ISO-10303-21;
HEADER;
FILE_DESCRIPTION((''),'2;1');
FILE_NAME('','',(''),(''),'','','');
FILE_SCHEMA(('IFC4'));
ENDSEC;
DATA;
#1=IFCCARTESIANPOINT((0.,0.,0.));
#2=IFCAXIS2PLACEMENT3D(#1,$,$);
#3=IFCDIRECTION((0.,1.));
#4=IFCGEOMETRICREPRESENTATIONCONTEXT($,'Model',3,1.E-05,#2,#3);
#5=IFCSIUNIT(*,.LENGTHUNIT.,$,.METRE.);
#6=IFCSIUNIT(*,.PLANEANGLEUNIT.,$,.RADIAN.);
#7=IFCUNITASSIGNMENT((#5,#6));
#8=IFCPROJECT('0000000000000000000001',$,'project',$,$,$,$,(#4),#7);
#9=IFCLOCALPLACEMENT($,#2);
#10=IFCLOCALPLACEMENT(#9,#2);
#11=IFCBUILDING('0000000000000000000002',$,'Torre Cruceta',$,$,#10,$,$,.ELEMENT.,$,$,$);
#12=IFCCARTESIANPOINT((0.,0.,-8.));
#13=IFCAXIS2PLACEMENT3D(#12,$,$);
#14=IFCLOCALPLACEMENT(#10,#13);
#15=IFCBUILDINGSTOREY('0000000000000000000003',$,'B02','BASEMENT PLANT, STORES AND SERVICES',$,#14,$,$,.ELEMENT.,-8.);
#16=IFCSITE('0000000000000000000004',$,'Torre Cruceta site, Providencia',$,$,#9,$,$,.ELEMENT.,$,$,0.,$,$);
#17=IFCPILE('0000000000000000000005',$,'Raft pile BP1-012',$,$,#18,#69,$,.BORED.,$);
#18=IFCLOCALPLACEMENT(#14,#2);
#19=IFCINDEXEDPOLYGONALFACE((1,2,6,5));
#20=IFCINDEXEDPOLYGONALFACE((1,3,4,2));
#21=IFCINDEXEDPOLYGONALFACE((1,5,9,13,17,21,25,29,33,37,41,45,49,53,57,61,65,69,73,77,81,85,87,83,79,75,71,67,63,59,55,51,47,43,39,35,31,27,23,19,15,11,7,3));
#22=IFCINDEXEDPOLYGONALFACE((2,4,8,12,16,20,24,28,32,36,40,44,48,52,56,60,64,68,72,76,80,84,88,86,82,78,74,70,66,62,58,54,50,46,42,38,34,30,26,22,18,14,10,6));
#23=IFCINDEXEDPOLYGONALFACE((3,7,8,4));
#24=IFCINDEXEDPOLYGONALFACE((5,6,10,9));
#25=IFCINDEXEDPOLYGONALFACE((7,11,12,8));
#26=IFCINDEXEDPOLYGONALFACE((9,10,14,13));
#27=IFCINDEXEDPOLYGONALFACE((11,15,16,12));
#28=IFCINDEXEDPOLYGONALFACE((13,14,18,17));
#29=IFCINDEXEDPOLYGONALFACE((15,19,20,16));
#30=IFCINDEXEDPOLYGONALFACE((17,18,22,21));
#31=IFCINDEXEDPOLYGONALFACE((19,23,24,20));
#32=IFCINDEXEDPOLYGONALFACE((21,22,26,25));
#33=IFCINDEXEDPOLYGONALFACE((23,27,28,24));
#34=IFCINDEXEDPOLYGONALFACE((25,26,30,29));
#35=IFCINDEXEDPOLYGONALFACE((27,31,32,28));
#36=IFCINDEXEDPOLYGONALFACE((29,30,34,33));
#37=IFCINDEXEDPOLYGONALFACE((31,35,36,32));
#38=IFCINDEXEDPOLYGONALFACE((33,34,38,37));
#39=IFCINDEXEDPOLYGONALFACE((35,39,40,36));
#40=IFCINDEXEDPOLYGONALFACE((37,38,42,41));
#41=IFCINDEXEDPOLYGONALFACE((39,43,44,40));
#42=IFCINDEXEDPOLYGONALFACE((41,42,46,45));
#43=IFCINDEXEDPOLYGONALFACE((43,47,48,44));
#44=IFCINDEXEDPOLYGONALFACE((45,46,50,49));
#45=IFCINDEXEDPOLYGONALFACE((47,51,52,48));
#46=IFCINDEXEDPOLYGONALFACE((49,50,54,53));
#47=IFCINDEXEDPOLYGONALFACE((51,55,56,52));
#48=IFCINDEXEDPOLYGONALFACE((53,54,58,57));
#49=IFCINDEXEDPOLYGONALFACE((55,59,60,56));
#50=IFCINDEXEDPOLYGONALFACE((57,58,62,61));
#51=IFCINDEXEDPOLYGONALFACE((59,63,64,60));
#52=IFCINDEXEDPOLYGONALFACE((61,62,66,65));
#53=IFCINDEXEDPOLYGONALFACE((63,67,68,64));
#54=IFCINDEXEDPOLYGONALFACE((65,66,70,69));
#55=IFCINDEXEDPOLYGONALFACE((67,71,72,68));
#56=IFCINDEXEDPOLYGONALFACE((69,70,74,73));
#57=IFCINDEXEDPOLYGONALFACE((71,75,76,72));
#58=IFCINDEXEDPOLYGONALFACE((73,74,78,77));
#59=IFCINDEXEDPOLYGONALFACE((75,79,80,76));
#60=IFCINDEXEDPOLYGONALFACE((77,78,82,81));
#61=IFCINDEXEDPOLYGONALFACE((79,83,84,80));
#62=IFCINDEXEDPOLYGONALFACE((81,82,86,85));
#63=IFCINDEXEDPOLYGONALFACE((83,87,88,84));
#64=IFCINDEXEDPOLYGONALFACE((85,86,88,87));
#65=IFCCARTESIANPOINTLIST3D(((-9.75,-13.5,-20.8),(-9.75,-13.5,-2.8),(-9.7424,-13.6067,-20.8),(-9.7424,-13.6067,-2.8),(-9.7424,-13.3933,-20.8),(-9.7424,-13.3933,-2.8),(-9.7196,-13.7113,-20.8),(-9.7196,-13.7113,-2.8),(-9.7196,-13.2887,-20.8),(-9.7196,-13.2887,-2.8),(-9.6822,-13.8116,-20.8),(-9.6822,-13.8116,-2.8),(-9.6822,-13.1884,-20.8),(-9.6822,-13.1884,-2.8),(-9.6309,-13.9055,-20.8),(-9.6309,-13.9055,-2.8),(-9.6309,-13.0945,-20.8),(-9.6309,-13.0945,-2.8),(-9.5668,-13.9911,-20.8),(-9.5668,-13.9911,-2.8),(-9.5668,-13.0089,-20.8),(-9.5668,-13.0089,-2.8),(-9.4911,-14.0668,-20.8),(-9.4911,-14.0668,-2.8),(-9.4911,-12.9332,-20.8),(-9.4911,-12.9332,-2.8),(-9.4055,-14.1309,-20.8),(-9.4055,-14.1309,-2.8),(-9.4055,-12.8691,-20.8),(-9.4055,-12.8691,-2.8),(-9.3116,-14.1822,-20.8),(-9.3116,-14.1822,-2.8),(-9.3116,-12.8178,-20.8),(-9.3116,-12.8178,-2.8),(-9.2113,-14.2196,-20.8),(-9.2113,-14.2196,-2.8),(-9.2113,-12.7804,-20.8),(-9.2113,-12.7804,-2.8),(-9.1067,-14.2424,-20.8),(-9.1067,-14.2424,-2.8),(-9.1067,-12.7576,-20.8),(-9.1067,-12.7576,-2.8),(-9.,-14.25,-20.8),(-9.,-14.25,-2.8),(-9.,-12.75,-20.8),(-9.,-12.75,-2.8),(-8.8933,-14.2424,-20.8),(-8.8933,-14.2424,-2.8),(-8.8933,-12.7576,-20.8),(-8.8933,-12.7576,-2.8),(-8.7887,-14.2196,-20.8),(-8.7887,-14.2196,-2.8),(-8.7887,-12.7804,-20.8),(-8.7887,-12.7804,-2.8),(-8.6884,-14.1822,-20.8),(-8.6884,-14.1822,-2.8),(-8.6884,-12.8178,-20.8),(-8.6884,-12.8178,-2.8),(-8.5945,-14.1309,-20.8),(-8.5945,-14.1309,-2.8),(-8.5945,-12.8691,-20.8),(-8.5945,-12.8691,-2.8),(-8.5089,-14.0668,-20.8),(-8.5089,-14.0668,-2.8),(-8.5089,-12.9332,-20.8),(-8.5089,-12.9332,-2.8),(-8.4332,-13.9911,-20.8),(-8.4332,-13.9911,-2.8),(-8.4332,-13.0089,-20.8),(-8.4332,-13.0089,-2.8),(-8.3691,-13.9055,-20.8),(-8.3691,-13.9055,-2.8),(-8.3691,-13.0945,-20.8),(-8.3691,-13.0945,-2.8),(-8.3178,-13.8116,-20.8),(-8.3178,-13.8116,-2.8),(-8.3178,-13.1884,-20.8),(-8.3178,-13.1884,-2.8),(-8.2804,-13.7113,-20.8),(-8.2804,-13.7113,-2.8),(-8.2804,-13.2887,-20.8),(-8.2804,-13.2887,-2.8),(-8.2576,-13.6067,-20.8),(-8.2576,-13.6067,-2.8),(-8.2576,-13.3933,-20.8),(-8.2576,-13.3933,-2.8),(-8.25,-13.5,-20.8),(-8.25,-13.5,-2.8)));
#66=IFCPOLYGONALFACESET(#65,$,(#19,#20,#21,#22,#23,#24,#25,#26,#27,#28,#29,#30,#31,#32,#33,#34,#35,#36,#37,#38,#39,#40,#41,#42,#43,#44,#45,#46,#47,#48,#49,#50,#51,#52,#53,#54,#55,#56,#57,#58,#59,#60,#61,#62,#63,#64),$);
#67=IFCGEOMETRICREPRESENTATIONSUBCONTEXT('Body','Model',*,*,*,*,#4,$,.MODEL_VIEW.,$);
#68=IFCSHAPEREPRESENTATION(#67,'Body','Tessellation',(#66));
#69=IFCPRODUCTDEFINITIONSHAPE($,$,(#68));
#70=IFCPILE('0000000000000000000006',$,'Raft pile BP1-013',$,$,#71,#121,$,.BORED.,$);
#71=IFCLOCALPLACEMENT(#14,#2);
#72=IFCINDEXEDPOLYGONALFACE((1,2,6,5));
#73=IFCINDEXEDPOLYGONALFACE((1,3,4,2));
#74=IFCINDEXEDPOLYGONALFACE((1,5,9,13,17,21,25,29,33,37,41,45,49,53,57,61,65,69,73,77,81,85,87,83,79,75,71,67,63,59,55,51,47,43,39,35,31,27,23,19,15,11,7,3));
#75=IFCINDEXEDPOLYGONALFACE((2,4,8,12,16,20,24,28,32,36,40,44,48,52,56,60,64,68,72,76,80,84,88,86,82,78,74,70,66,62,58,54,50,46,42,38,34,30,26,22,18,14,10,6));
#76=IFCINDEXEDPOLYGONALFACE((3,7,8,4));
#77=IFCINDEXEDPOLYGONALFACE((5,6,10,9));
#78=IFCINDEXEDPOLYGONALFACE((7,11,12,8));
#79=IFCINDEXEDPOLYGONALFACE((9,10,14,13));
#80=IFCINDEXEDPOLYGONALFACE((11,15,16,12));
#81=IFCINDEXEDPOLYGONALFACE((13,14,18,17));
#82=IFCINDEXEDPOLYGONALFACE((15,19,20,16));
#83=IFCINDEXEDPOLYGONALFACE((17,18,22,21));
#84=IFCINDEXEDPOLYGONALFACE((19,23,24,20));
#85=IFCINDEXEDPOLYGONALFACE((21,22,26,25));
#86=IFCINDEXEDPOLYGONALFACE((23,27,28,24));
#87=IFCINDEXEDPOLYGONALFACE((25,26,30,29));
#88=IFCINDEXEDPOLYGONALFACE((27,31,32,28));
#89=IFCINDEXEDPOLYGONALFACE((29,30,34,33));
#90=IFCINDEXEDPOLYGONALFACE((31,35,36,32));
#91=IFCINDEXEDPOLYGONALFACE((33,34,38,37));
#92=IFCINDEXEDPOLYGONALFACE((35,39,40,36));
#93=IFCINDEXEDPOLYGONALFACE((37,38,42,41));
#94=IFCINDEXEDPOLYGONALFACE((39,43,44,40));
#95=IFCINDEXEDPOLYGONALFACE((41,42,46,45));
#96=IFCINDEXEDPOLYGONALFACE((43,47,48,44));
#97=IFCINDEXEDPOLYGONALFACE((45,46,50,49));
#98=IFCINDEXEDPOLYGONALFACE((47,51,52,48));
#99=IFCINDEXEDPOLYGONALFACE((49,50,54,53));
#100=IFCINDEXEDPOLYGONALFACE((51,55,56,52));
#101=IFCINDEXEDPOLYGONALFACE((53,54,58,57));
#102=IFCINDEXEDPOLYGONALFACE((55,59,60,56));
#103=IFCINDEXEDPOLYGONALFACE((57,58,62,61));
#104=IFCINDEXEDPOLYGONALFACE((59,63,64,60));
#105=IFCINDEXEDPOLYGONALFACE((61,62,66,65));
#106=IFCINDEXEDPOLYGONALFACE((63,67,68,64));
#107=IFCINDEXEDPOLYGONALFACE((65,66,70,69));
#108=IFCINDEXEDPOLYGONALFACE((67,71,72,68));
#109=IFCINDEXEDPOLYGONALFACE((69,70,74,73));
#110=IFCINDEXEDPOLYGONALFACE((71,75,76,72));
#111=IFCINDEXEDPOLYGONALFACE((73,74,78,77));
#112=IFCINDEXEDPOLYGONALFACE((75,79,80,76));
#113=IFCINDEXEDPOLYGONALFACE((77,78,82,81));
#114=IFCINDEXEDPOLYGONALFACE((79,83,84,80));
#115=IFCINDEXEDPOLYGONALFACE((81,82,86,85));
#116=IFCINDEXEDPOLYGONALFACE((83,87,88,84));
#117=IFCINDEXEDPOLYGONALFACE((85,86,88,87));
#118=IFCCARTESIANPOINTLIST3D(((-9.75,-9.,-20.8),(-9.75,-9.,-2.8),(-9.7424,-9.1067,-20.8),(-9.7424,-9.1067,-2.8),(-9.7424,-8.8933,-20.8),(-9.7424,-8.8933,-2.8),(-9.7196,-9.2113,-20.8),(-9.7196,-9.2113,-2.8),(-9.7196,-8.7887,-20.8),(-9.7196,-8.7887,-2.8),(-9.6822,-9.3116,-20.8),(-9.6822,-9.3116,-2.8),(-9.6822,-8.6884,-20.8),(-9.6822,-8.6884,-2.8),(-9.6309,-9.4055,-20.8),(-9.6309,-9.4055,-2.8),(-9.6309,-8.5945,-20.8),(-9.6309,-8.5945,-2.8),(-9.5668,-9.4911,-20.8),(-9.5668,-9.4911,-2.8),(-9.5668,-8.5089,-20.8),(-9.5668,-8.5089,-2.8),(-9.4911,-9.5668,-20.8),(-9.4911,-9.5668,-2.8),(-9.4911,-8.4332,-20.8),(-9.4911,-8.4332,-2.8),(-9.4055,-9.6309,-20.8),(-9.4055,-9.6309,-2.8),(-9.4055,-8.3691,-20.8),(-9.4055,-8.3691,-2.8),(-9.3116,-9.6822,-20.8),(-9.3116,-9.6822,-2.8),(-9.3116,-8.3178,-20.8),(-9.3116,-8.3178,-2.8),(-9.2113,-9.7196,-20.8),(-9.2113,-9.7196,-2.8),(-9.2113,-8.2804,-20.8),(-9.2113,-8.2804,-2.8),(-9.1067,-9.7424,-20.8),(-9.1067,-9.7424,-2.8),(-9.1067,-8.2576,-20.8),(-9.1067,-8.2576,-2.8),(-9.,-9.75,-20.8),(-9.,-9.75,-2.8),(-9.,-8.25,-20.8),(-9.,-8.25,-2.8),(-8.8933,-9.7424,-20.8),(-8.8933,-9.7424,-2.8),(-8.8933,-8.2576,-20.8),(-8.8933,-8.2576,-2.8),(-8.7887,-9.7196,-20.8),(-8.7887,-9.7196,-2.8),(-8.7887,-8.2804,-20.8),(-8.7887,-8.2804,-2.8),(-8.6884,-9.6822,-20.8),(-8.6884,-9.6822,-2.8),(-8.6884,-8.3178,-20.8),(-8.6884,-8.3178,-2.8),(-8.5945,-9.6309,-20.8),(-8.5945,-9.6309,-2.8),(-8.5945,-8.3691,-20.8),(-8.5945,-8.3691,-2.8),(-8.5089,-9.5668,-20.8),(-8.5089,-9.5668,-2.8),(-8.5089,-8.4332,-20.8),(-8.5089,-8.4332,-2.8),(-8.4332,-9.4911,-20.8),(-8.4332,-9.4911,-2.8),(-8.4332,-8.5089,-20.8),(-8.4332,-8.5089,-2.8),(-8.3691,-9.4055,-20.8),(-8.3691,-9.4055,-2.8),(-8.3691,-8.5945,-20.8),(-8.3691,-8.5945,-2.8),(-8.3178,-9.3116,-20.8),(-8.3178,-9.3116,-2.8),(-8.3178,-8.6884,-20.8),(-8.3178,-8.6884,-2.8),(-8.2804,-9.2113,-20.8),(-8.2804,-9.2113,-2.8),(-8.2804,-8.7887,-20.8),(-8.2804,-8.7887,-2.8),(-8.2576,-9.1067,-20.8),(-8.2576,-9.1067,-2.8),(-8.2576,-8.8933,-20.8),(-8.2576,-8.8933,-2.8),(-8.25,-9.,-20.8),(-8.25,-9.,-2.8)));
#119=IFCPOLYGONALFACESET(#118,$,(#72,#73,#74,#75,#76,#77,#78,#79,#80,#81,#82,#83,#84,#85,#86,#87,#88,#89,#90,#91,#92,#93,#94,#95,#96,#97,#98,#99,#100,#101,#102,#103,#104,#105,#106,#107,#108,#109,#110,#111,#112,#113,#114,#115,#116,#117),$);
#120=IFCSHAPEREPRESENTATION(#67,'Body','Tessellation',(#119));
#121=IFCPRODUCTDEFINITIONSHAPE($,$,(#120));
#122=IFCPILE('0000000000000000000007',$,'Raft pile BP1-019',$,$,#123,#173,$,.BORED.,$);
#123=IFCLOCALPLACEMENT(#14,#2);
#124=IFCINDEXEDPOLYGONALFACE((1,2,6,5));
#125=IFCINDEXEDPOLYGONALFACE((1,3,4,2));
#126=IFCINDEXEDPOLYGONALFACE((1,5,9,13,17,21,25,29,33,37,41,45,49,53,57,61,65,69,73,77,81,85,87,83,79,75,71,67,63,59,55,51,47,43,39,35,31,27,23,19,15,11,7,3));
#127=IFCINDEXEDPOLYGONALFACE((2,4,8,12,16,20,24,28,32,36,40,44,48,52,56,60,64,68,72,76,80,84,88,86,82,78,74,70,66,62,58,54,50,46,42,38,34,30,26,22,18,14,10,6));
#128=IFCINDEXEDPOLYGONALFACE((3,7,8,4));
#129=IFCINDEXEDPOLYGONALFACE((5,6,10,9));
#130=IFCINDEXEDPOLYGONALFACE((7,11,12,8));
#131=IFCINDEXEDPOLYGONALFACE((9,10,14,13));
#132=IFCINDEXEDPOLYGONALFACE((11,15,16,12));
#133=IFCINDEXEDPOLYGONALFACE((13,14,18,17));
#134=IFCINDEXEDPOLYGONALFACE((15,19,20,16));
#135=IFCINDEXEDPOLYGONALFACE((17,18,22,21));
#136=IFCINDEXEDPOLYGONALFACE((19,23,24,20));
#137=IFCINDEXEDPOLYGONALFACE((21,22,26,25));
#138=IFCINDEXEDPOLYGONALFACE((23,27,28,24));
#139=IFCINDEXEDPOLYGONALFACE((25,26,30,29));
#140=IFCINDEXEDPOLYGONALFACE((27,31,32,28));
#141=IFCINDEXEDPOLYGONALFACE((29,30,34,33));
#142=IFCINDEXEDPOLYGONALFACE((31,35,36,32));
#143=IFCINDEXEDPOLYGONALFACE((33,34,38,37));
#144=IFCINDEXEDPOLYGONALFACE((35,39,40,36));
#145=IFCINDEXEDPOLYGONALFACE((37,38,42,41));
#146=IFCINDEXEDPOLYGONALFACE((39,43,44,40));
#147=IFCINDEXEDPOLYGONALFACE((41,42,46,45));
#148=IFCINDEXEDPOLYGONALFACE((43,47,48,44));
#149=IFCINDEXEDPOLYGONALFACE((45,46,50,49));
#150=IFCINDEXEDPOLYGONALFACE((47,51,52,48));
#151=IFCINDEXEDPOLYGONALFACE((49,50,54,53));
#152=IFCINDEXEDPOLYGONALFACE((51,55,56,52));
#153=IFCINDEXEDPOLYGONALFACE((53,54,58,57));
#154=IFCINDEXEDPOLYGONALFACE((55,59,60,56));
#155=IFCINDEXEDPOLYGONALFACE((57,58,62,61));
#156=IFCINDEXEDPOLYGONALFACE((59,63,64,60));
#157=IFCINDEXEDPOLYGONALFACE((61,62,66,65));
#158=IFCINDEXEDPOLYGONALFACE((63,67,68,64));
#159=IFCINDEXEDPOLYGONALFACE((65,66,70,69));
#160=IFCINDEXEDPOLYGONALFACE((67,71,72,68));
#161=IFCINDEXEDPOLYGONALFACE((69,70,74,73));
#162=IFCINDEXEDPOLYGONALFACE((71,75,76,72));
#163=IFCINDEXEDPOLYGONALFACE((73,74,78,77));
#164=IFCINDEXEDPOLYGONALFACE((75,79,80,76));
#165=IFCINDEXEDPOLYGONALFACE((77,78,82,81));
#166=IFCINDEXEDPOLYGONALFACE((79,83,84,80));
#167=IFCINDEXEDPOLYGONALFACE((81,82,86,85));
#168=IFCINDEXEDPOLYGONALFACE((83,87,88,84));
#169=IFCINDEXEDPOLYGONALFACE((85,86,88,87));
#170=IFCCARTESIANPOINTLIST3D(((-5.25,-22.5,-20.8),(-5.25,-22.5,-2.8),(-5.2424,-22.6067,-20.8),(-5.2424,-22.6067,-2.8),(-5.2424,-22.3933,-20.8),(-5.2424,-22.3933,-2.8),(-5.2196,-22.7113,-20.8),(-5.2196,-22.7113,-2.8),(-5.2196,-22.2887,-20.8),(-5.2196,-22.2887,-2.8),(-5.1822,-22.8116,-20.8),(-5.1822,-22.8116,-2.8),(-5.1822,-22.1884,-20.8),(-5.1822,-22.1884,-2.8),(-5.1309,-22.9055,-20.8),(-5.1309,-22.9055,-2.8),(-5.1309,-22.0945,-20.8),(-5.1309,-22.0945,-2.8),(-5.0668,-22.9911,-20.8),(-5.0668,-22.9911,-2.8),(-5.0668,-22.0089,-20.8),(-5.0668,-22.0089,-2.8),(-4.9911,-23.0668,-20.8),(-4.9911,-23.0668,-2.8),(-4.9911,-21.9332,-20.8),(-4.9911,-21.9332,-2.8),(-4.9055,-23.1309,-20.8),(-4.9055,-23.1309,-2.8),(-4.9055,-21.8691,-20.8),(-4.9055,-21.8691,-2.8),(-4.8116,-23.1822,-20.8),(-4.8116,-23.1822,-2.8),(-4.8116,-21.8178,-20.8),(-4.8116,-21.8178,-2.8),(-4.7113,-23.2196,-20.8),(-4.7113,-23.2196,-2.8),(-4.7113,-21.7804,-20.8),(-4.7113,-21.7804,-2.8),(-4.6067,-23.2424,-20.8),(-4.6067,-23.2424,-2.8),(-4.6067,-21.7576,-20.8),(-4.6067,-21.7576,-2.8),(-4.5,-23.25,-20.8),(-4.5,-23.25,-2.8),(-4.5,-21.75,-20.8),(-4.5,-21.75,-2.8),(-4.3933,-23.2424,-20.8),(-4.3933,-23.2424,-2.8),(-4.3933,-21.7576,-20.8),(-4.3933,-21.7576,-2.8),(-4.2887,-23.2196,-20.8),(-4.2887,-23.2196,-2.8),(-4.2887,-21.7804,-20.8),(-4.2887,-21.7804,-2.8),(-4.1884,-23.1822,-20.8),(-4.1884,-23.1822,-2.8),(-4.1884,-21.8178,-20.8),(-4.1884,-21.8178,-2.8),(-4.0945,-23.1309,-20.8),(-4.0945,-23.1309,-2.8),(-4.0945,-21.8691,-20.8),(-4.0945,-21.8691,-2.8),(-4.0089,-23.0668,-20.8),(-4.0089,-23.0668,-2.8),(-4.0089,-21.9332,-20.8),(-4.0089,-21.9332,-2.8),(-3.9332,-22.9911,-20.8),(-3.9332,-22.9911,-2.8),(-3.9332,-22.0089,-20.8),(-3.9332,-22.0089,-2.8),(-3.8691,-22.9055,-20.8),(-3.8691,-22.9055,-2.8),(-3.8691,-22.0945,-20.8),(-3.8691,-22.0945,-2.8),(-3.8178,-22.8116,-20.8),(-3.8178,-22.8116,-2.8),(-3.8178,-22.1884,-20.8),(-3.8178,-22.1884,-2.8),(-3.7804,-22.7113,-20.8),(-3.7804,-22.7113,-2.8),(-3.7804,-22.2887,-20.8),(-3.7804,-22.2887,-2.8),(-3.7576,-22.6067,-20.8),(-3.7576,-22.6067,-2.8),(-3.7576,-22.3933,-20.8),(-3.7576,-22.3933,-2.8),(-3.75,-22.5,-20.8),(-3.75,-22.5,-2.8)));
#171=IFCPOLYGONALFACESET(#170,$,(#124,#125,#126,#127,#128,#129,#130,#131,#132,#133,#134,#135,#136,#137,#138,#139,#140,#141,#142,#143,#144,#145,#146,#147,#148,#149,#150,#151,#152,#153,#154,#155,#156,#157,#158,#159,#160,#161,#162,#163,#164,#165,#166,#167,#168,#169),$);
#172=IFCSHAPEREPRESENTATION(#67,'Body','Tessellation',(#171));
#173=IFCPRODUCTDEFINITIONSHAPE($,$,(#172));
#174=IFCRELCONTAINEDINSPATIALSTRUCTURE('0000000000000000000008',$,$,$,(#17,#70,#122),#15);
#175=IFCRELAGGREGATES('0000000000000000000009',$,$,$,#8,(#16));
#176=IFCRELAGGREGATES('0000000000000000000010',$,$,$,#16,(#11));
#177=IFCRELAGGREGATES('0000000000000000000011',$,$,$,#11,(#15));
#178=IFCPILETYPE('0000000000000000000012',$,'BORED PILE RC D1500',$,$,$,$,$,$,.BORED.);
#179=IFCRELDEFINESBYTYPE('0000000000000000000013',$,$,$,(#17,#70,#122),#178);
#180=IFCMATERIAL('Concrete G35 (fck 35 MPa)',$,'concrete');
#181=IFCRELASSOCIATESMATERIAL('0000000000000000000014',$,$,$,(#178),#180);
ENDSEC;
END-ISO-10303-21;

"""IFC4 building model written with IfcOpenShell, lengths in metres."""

from ifc_helpers import new_model, si_unit, direction, frame, origin, origin_2d, place, context, subcontext, project, spatial, circle, extrude, material, material_profile, profile_set, type_object, element, save


model = new_model("IFC4")

# Units and contexts
model_context = context("Model", 3, precision=1e-05, world=origin(), true_north=direction((0.0, 1.0)))
body_context = subcontext(model_context, "Body", "Model", "MODEL_VIEW")
ifc_project = project(units=[si_unit("LENGTHUNIT", "METRE"), si_unit("PLANEANGLEUNIT", "RADIAN")], contexts=[model_context])

# Site, building, storey
site_placement = place(None, origin())
site = spatial("IfcSite", under=ifc_project, at=site_placement, Name="Torre Cruceta site, Providencia", CompositionType="ELEMENT", RefElevation=0.0)
building_placement = place(site_placement, origin())
building = spatial("IfcBuilding", under=site, at=building_placement, Name="Torre Cruceta", CompositionType="ELEMENT")
storey_placement = place(building_placement, frame((0.0, 0.0, -8.0)))
storey = spatial("IfcBuildingStorey", under=building, at=storey_placement, Name="B02", Description="BASEMENT PLANT, STORES AND SERVICES", CompositionType="ELEMENT", Elevation=-8.0)

# Piles
ifc_material_1 = material(Name="Concrete G35 (fck 35 MPa)", Category="concrete")
ifc_material_profile_1 = material_profile(ifc_material_1, circle(Radius=0.75, at=origin_2d()), Name="RC D1500")
ifc_profile_set_1 = profile_set([ifc_material_profile_1], Name="Concrete G35 (fck 35 MPa)")
pile_type_1 = type_object("IfcPileType", Name="BORED PILE RC D1500", PredefinedType="BORED", material=ifc_profile_set_1)
for number, where, z_axis, x_axis, name in (
    (1, (-9.0, -13.5, -2.8), (0.0, 0.0, -1.0), (1.0, 0.0, 0.0), "Raft pile BP1-012"),
    (2, (-9.0, -9.0, -2.8), (0.0, 0.0, -1.0), (1.0, 0.0, 0.0), "Raft pile BP1-013"),
    (3, (-4.5, -22.5, -2.8), (0.0, 0.0, -1.0), (1.0, 0.0, 0.0), "Raft pile BP1-019"),
):
    element("IfcPile", number, at=place(storey_placement, frame(where, z_axis=z_axis, x_axis=x_axis)), inside=storey, type_object=pile_type_1, Name=name, PredefinedType="BORED", context=body_context, shape_type="SweptSolid", body=[
        extrude(circle(Radius=0.75, at=origin_2d()), origin(), (0.0, 0.0, 1.0), 18.0),
    ])

save(model, "model.ifc")
